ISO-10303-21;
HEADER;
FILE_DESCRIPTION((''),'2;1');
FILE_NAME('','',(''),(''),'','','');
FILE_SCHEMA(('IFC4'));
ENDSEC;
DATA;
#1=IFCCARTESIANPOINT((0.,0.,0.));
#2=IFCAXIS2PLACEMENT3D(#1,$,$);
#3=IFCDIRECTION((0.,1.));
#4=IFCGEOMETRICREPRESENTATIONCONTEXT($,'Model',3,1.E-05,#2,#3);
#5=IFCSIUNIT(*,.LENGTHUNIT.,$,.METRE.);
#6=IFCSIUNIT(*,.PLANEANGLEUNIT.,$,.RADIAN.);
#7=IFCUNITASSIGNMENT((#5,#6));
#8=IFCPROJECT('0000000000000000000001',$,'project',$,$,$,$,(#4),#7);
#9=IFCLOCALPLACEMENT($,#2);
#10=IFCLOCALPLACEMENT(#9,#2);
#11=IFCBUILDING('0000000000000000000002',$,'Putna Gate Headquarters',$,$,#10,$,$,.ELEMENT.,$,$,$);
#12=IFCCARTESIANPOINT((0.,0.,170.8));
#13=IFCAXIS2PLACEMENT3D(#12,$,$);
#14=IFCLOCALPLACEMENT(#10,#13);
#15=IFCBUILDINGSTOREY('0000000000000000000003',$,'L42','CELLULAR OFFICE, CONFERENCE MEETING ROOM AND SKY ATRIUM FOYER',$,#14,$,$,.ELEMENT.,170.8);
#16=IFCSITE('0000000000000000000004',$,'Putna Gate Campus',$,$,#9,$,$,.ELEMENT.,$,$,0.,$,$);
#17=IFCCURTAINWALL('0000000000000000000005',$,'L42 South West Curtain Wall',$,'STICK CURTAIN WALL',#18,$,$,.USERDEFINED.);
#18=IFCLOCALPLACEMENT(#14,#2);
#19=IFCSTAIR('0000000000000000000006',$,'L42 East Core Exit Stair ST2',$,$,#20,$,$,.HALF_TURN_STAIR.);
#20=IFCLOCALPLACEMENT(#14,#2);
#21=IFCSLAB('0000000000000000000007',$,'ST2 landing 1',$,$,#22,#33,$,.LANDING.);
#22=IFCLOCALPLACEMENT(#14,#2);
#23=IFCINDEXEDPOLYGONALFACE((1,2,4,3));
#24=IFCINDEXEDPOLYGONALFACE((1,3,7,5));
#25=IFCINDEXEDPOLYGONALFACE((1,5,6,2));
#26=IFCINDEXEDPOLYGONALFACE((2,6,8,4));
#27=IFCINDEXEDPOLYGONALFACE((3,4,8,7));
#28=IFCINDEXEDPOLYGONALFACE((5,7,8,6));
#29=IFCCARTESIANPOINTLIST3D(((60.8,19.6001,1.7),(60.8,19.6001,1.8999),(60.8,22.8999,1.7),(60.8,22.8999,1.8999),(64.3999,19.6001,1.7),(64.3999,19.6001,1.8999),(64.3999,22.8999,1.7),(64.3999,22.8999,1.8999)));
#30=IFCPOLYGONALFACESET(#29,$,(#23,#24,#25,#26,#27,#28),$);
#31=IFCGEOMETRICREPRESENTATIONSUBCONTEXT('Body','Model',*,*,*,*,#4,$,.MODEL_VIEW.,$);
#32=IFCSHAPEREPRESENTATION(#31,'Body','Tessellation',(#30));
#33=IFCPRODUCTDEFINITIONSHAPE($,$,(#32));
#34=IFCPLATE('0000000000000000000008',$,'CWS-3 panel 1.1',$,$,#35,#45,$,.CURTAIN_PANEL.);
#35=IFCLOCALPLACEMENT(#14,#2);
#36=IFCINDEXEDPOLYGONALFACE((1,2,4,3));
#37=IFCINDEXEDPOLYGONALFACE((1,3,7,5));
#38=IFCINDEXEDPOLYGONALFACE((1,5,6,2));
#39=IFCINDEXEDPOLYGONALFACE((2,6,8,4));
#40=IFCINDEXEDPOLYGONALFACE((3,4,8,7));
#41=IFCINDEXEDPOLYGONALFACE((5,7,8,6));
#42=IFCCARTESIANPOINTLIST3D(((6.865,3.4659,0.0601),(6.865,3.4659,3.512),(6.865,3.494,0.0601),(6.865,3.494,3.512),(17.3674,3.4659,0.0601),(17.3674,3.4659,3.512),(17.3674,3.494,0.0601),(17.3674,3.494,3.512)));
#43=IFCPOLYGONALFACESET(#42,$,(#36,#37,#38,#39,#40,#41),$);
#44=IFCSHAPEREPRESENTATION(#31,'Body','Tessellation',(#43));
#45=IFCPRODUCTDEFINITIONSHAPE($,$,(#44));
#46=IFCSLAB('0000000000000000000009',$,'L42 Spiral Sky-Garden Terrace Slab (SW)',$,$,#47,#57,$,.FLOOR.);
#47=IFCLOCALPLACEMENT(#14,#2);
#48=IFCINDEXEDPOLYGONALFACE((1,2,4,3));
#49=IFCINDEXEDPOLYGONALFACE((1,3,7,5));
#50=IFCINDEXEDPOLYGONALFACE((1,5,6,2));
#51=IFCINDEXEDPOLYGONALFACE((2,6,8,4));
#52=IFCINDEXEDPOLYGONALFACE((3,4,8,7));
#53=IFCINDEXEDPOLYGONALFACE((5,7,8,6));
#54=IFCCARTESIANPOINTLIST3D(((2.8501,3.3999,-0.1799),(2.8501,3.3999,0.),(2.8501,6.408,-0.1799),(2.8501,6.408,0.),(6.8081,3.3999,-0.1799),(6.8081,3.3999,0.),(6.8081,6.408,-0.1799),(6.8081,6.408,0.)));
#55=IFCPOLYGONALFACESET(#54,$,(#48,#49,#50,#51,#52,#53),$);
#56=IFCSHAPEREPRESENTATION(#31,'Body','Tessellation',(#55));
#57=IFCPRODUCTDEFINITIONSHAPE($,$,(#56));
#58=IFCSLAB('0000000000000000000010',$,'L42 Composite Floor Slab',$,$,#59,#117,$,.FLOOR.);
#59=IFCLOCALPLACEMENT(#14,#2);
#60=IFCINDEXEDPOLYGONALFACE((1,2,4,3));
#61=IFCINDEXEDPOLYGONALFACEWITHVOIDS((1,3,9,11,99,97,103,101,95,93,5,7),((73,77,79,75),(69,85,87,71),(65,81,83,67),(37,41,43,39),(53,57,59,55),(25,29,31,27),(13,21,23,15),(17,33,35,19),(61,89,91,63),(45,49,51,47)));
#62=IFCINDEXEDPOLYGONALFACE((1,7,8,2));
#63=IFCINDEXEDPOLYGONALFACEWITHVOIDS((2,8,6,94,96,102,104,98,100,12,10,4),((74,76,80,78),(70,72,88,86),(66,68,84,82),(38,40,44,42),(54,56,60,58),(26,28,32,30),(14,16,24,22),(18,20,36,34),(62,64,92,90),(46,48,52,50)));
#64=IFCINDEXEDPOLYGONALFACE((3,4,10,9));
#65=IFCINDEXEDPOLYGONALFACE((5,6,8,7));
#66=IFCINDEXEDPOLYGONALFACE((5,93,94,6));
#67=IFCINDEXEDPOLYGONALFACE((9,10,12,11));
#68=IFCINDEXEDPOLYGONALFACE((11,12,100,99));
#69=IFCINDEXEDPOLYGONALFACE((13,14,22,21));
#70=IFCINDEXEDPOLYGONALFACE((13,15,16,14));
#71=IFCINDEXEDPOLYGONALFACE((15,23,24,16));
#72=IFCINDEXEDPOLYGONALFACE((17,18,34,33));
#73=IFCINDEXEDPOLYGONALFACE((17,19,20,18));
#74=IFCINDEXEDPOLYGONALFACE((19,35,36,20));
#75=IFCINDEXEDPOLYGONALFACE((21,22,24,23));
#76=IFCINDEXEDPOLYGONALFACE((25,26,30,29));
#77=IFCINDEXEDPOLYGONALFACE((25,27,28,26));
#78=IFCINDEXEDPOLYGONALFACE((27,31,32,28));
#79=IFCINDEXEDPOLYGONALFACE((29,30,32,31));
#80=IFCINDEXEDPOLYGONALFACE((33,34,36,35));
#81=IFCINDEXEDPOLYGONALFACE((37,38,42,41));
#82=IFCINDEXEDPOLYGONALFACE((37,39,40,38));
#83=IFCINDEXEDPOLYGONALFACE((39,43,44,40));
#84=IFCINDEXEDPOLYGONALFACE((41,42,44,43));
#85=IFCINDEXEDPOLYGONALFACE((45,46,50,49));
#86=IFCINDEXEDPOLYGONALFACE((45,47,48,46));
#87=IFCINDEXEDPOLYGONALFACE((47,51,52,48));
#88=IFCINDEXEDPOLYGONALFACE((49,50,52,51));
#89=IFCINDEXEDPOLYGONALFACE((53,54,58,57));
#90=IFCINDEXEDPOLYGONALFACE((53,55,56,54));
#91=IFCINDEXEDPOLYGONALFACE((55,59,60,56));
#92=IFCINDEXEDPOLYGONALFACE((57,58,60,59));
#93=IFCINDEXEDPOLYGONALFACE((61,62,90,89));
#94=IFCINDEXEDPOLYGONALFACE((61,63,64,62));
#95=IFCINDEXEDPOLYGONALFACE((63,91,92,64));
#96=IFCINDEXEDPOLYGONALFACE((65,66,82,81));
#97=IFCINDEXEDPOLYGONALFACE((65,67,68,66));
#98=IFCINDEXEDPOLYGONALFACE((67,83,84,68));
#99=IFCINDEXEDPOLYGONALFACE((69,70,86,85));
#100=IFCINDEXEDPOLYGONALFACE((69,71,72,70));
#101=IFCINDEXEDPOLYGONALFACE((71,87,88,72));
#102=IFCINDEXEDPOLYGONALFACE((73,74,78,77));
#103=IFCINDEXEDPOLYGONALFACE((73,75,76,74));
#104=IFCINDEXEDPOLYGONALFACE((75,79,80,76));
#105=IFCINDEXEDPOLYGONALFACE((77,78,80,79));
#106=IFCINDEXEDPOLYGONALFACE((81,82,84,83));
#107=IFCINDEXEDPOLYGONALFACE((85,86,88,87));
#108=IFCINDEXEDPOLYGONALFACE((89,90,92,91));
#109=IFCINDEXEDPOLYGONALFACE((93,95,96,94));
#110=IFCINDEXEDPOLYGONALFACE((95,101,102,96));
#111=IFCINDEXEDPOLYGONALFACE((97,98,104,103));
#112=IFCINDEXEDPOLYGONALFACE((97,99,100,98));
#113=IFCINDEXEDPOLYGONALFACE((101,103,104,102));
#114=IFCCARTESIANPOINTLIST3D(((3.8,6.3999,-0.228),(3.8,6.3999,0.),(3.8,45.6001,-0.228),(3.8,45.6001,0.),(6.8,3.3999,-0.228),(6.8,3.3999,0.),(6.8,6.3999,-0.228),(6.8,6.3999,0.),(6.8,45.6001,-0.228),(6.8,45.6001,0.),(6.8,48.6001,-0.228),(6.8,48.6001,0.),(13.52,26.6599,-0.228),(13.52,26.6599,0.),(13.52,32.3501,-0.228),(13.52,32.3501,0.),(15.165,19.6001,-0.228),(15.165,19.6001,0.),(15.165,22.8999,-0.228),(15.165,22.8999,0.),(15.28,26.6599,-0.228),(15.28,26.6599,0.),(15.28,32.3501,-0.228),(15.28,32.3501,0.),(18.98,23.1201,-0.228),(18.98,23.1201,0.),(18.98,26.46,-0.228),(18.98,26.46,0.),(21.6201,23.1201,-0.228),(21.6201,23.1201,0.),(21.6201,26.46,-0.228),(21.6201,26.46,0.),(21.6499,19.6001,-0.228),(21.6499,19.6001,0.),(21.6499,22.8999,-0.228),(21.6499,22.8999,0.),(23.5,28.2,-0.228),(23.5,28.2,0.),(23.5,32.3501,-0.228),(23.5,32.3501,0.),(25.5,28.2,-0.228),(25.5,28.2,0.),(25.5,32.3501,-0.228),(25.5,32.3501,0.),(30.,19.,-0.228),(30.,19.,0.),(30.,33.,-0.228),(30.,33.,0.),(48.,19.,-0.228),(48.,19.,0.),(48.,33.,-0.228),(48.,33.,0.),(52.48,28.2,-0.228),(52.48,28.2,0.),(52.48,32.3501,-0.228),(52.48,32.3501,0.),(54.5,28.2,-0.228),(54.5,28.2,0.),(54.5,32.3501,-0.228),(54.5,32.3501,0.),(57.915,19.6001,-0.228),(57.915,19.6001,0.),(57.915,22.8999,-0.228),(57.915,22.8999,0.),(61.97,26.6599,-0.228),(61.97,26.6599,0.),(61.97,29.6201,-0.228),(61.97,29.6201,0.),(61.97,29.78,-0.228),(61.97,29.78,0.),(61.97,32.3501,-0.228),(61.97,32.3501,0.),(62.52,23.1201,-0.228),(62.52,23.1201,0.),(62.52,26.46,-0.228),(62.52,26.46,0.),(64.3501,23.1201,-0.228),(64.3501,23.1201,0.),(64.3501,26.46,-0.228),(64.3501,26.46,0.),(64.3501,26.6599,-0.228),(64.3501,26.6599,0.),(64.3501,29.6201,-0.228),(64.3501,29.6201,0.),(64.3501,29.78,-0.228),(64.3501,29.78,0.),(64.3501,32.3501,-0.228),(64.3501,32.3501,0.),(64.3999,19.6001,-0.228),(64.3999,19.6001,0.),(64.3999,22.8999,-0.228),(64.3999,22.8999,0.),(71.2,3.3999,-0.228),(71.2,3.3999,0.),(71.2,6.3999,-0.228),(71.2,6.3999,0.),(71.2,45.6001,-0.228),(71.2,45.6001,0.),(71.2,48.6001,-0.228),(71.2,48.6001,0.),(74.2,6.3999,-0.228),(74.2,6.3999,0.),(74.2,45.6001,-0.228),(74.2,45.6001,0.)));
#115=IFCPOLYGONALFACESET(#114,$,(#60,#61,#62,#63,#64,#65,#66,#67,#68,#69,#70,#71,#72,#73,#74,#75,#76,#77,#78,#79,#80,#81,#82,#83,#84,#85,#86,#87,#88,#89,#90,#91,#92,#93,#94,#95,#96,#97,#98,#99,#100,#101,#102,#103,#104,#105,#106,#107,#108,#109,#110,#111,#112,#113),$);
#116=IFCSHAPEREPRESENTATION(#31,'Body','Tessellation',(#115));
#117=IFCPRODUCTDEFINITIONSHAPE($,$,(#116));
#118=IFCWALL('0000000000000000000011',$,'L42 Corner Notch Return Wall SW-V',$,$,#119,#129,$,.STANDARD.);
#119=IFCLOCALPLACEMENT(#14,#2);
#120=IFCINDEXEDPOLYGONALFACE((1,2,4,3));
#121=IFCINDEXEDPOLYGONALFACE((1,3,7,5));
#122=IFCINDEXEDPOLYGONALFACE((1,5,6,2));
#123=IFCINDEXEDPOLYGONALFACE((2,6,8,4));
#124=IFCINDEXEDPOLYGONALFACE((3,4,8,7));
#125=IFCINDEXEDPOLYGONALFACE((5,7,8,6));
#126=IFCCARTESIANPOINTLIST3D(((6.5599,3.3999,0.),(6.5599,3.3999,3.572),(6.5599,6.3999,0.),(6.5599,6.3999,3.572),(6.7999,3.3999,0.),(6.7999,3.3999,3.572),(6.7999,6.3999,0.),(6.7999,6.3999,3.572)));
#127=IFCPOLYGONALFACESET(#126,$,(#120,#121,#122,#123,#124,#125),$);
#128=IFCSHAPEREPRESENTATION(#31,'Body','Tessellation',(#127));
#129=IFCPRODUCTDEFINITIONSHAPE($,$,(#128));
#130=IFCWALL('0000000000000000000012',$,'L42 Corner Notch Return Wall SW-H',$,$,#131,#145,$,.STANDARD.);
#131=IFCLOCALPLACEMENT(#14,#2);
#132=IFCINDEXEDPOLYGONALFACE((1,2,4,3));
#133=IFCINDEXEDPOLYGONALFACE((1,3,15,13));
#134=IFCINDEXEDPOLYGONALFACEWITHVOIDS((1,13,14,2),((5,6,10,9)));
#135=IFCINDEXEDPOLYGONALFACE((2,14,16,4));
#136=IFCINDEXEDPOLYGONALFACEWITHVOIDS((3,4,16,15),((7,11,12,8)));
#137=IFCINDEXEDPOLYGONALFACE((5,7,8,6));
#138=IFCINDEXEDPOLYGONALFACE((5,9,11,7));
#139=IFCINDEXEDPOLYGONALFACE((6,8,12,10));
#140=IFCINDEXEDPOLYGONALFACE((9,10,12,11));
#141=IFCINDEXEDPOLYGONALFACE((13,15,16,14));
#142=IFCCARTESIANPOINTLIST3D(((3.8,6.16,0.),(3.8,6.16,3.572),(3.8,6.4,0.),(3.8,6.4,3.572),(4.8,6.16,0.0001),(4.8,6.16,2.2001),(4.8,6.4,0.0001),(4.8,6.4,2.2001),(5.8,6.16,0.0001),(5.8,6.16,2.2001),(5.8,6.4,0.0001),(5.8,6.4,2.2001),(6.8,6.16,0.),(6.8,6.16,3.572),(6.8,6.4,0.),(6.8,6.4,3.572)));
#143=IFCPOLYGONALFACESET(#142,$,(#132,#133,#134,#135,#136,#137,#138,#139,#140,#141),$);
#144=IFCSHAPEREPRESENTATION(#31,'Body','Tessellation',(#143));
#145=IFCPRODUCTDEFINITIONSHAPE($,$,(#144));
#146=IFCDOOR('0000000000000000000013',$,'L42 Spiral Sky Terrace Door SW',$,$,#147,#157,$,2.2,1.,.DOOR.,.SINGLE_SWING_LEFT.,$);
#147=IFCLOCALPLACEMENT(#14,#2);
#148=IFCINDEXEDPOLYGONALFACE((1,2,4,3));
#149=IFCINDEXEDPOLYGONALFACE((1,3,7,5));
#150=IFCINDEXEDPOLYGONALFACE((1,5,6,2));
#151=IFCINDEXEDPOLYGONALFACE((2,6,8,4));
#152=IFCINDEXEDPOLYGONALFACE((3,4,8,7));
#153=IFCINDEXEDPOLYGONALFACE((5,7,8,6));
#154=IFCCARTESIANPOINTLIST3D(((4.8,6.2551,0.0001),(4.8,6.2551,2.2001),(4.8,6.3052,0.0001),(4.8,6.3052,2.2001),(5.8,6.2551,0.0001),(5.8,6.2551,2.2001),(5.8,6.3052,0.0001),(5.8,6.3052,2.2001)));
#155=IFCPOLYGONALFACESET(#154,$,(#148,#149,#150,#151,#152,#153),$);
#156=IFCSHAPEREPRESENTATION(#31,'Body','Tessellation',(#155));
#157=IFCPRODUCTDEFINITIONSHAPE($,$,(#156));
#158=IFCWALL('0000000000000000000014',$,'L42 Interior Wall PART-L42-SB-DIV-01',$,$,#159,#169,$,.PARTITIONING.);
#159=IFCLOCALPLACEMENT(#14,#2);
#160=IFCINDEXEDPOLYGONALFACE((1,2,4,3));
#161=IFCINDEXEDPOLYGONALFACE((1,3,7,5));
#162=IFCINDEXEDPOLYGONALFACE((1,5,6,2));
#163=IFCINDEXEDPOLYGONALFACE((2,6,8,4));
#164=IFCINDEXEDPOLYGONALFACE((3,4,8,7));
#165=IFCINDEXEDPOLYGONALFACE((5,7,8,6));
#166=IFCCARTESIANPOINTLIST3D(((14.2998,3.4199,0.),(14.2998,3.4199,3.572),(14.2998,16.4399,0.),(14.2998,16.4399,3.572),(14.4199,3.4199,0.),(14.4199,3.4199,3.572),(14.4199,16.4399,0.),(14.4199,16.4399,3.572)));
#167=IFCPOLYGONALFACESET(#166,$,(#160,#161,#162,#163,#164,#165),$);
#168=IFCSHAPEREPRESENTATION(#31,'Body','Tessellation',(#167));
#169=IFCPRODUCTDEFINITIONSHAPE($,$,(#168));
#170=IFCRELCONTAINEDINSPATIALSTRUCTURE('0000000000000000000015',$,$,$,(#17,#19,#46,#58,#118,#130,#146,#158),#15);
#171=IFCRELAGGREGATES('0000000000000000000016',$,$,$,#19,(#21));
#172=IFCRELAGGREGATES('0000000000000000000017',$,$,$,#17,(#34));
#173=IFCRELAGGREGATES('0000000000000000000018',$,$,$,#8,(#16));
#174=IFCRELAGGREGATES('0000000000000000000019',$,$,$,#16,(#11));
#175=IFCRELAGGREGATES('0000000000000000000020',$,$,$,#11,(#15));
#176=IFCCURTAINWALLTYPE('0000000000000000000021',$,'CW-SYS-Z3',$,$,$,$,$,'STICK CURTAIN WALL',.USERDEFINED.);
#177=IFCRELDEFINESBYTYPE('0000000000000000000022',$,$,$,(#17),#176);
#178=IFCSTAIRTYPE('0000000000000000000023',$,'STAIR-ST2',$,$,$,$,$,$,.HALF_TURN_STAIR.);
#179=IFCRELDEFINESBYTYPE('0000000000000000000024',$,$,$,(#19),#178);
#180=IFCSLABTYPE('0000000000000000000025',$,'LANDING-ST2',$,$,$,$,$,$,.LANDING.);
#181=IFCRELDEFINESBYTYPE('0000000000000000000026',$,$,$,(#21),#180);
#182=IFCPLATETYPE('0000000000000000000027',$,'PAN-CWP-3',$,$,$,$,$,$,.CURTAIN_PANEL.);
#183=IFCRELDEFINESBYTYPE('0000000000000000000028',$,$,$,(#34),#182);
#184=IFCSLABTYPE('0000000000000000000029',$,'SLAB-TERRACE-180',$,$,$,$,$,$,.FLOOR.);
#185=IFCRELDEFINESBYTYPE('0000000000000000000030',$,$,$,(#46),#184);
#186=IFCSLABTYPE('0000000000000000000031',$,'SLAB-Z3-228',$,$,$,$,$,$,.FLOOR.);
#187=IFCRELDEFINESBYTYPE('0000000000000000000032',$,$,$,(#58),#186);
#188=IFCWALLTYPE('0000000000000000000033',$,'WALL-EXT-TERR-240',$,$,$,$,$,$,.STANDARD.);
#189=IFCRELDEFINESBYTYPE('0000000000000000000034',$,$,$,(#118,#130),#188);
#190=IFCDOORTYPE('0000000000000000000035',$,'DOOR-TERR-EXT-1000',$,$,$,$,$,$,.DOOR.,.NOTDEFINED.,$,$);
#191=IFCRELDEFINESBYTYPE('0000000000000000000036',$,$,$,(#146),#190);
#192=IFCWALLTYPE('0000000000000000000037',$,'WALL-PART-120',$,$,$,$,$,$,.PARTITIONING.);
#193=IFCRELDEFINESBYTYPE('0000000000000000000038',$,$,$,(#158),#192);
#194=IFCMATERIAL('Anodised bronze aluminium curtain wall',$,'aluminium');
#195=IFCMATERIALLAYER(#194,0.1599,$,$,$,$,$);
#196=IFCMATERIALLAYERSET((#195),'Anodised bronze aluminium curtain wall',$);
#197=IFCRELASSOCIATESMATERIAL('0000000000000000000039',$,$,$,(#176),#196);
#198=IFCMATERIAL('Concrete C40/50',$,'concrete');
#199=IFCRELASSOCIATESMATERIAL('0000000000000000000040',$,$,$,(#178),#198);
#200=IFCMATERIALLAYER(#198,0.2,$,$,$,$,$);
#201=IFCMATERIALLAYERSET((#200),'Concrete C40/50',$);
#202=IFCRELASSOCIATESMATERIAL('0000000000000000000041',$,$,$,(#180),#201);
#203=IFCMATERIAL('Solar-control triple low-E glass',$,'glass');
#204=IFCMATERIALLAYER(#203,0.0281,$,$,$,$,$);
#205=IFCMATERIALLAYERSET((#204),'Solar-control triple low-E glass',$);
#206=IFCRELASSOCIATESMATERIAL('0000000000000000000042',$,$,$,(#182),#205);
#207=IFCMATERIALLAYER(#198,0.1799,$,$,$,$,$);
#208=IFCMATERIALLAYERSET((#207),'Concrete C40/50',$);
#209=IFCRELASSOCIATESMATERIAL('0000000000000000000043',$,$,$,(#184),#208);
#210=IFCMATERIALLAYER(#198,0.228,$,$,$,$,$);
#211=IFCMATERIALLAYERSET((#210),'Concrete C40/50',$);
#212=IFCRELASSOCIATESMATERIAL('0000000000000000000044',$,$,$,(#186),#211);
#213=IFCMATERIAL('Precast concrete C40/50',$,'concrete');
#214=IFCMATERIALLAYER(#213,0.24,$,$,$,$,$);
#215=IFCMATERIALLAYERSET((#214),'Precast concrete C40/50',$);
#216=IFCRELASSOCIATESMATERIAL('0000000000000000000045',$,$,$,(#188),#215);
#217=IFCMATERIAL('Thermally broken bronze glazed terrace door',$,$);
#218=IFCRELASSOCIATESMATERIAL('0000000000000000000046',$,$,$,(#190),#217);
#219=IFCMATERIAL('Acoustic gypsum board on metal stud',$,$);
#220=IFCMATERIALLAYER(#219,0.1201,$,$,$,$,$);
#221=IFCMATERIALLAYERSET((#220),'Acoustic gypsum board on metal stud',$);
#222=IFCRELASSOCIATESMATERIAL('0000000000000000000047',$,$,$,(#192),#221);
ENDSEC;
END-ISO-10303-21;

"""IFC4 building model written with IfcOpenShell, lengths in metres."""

from ifc_helpers import new_model, si_unit, direction, frame, frame_2d, origin, origin_2d, place, context, subcontext, project, spatial, polyline, rectangle, outline, extrude, material, layer, layer_set, type_object, element, fill, aggregate, save


model = new_model("IFC4")

# Units and contexts
model_context = context("Model", 3, precision=1e-05, world=origin(), true_north=direction((0.0, 1.0)))
body_context = subcontext(model_context, "Body", "Model", "MODEL_VIEW")
ifc_project = project(units=[si_unit("LENGTHUNIT", "METRE"), si_unit("PLANEANGLEUNIT", "RADIAN")], contexts=[model_context])

# Site, building, storey
site_placement = place(None, origin())
site = spatial("IfcSite", under=ifc_project, at=site_placement, Name="Putna Gate Campus", CompositionType="ELEMENT", RefElevation=0.0)
building_placement = place(site_placement, origin())
building = spatial("IfcBuilding", under=site, at=building_placement, Name="Putna Gate Headquarters", CompositionType="ELEMENT")
storey_placement = place(building_placement, frame((0.0, 0.0, 170.8)))
storey = spatial("IfcBuildingStorey", under=building, at=storey_placement, Name="L42", Description="CELLULAR OFFICE, CONFERENCE MEETING ROOM AND SKY ATRIUM FOYER", CompositionType="ELEMENT", Elevation=170.8)

# Curtain wall
ifc_material_1 = material(Name="Anodised bronze aluminium curtain wall", Category="aluminium")
ifc_layer_1 = layer(ifc_material_1, 0.1599)
ifc_layer_set_1 = layer_set([ifc_layer_1], Name="Anodised bronze aluminium curtain wall")
curtain_wall_type = type_object("IfcCurtainWallType", Name="CW-SYS-Z3", ElementType="STICK CURTAIN WALL", PredefinedType="USERDEFINED", material=ifc_layer_set_1)
curtain_wall_1_placement = place(storey_placement, origin())
curtain_wall_1 = element("IfcCurtainWall", 1, at=curtain_wall_1_placement, inside=storey, type_object=curtain_wall_type, Name="L42 South West Curtain Wall", ObjectType="STICK CURTAIN WALL", PredefinedType="USERDEFINED")

# Stair, slab
ifc_material_2 = material(Name="Concrete C40/50", Category="concrete")
stair_type_1 = type_object("IfcStairType", Name="STAIR-ST2", PredefinedType="HALF_TURN_STAIR", material=ifc_material_2)
stair_1_placement = place(storey_placement, origin())
stair_1 = element("IfcStair", 2, at=stair_1_placement, inside=storey, type_object=stair_type_1, Name="L42 East Core Exit Stair ST2", PredefinedType="HALF_TURN_STAIR")
ifc_layer_2 = layer(ifc_material_2, 0.2)
ifc_layer_set_2 = layer_set([ifc_layer_2], Name="Concrete C40/50")
slab_type_1 = type_object("IfcSlabType", Name="LANDING-ST2", PredefinedType="LANDING", material=ifc_layer_set_2)
slab_1_placement = place(storey_placement, frame((0.0, 0.0, 1.7)))
slab_1 = element("IfcSlab", 3, at=slab_1_placement, type_object=slab_type_1, Name="ST2 landing 1", PredefinedType="LANDING", context=body_context, shape_type="SweptSolid", body=[
    extrude(outline(polyline([(60.8, 19.6001), (64.3999, 19.6001), (64.3999, 22.8999), (60.8, 22.8999), (60.8, 19.6001)])), origin(), (0.0, 0.0, 1.0), 0.2),
])
aggregate(stair_1, [slab_1])

# Plate
ifc_material_3 = material(Name="Solar-control triple low-E glass", Category="glass")
ifc_layer_3 = layer(ifc_material_3, 0.0281)
ifc_layer_set_3 = layer_set([ifc_layer_3], Name="Solar-control triple low-E glass")
plate_type = type_object("IfcPlateType", Name="PAN-CWP-3", PredefinedType="CURTAIN_PANEL", material=ifc_layer_set_3)
plate_placement = place(storey_placement, frame((12.1162, 3.48, 0.0601), z_axis=(0.0, 0.0, 1.0), x_axis=(1.0, 0.0, 0.0)))
plate = element("IfcPlate", 4, at=plate_placement, type_object=plate_type, Name="CWS-3 panel 1.1", PredefinedType="CURTAIN_PANEL", context=body_context, shape_type="SweptSolid", body=[
    extrude(rectangle(XDim=10.5024, YDim=0.0281, at=origin_2d()), origin(), (0.0, 0.0, 1.0), 3.4519),
])
aggregate(curtain_wall_1, [plate])

# Slabs
ifc_layer_4 = layer(ifc_material_2, 0.1799)
ifc_layer_set_4 = layer_set([ifc_layer_4], Name="Concrete C40/50")
slab_type_2 = type_object("IfcSlabType", Name="SLAB-TERRACE-180", PredefinedType="FLOOR", material=ifc_layer_set_4)
slab_2_placement = place(storey_placement, frame((0.0, 0.0, -0.1799)))
element("IfcSlab", 5, at=slab_2_placement, inside=storey, type_object=slab_type_2, Name="L42 Spiral Sky-Garden Terrace Slab (SW)", PredefinedType="FLOOR", context=body_context, shape_type="SweptSolid", body=[
    extrude(outline(polyline([(2.8501, 3.3999), (6.8081, 3.3999), (6.8081, 6.408), (2.8501, 6.408), (2.8501, 3.3999)])), origin(), (0.0, 0.0, 1.0), 0.1799),
])
ifc_layer_5 = layer(ifc_material_2, 0.228)
ifc_layer_set_5 = layer_set([ifc_layer_5], Name="Concrete C40/50")
slab_type_3 = type_object("IfcSlabType", Name="SLAB-Z3-228", PredefinedType="FLOOR", material=ifc_layer_set_5)
slab_3_placement = place(storey_placement, frame((0.0, 0.0, -0.228)))
element("IfcSlab", 6, at=slab_3_placement, inside=storey, type_object=slab_type_3, Name="L42 Composite Floor Slab", PredefinedType="FLOOR", context=body_context, shape_type="SweptSolid", body=[
    extrude(outline(polyline([(6.8, 3.3999), (71.2, 3.3999), (71.2, 6.3999), (74.2, 6.3999), (74.2, 45.6001), (71.2, 45.6001), (71.2, 48.6001), (6.8, 48.6001), (6.8, 45.6001), (3.8, 45.6001), (3.8, 6.3999), (6.8, 6.3999), (6.8, 3.3999)]), holes=[polyline([(15.165, 19.6001), (21.6499, 19.6001), (21.6499, 22.8999), (15.165, 22.8999), (15.165, 19.6001)]), polyline([(57.915, 19.6001), (64.3999, 19.6001), (64.3999, 22.8999), (57.915, 22.8999), (57.915, 19.6001)]), polyline([(13.52, 26.6599), (15.28, 26.6599), (15.28, 32.3501), (13.52, 32.3501), (13.52, 26.6599)]), polyline([(61.97, 29.78), (64.3501, 29.78), (64.3501, 32.3501), (61.97, 32.3501), (61.97, 29.78)]), polyline([(18.98, 23.1201), (21.6201, 23.1201), (21.6201, 26.46), (18.98, 26.46), (18.98, 23.1201)]), polyline([(62.52, 23.1201), (64.3501, 23.1201), (64.3501, 26.46), (62.52, 26.46), (62.52, 23.1201)]), polyline([(61.97, 26.6599), (64.3501, 26.6599), (64.3501, 29.6201), (61.97, 29.6201), (61.97, 26.6599)]), polyline([(23.5, 28.2), (25.5, 28.2), (25.5, 32.3501), (23.5, 32.3501), (23.5, 28.2)]), polyline([(52.48, 28.2), (54.5, 28.2), (54.5, 32.3501), (52.48, 32.3501), (52.48, 28.2)]), polyline([(30.0, 19.0), (48.0, 19.0), (48.0, 33.0), (30.0, 33.0), (30.0, 19.0)])]), origin(), (0.0, 0.0, 1.0), 0.228),
])

# Wall
ifc_material_4 = material(Name="Precast concrete C40/50", Category="concrete")
ifc_layer_6 = layer(ifc_material_4, 0.24)
ifc_layer_set_6 = layer_set([ifc_layer_6], Name="Precast concrete C40/50")
wall_type_1 = type_object("IfcWallType", Name="WALL-EXT-TERR-240", PredefinedType="STANDARD", material=ifc_layer_set_6)
wall_1_placement = place(storey_placement, frame((6.6799, 3.3999, 0.0), z_axis=(0.0, 0.0, 1.0), x_axis=(0.0, 1.0, 0.0)))
element("IfcWall", 7, at=wall_1_placement, inside=storey, type_object=wall_type_1, Name="L42 Corner Notch Return Wall SW-V", PredefinedType="STANDARD", context=body_context, shape_type="SweptSolid", body=[
    extrude(rectangle(XDim=3.0, YDim=0.24, at=frame_2d((1.5, 0.0))), origin(), (0.0, 0.0, 1.0), 3.572),
])

# Wall, opening, door
wall_2_placement = place(storey_placement, frame((6.8, 6.28, 0.0), z_axis=(0.0, 0.0, 1.0), x_axis=(-1.0, 0.0, 0.0)))
wall_2 = element("IfcWall", 8, at=wall_2_placement, inside=storey, type_object=wall_type_1, Name="L42 Corner Notch Return Wall SW-H", PredefinedType="STANDARD", context=body_context, shape_type="SweptSolid", body=[
    extrude(rectangle(XDim=3.0, YDim=0.24, at=frame_2d((1.5, 0.0))), origin(), (0.0, 0.0, 1.0), 3.572),
])
opening_placement = place(wall_2_placement, frame((1.0, 0.0, 0.0)))
opening = element("IfcOpeningElement", 9, at=opening_placement, cuts=wall_2, PredefinedType="OPENING", context=body_context, shape_type="SweptSolid", body=[
    extrude(rectangle(XDim=1.0, YDim=2.2, at=frame_2d((0.5, 1.1001))), frame((0.0, 0.1299, 0.0), z_axis=(0.0, -1.0, 0.0), x_axis=(1.0, 0.0, 0.0)), (0.0, 0.0, 1.0), 0.26),
])
ifc_material_5 = material(Name="Thermally broken bronze glazed terrace door")
door_type = type_object("IfcDoorType", Name="DOOR-TERR-EXT-1000", OperationType="NOTDEFINED", PredefinedType="DOOR", material=ifc_material_5)
door_placement = place(opening_placement, origin())
door = element("IfcDoor", 10, at=door_placement, inside=storey, type_object=door_type, Name="L42 Spiral Sky Terrace Door SW", OperationType="SINGLE_SWING_LEFT", OverallHeight=2.2, OverallWidth=1.0, PredefinedType="DOOR", context=body_context, shape_type="SweptSolid", body=[
    extrude(rectangle(XDim=1.0, YDim=2.2, at=frame_2d((0.5, 1.1001))), frame((0.0, 0.0249, 0.0), z_axis=(0.0, -1.0, 0.0), x_axis=(1.0, 0.0, 0.0)), (0.0, 0.0, 1.0), 0.05),
])
fill(opening, door)

# Wall
ifc_material_6 = material(Name="Acoustic gypsum board on metal stud")
ifc_layer_7 = layer(ifc_material_6, 0.1201)
ifc_layer_set_7 = layer_set([ifc_layer_7], Name="Acoustic gypsum board on metal stud")
wall_type_2 = type_object("IfcWallType", Name="WALL-PART-120", PredefinedType="PARTITIONING", material=ifc_layer_set_7)
wall_3_placement = place(storey_placement, frame((14.3599, 3.4199, 0.0), z_axis=(0.0, 0.0, 1.0), x_axis=(0.0, 1.0, 0.0)))
element("IfcWall", 11, at=wall_3_placement, inside=storey, type_object=wall_type_2, Name="L42 Interior Wall PART-L42-SB-DIV-01", PredefinedType="PARTITIONING", context=body_context, shape_type="SweptSolid", body=[
    extrude(rectangle(XDim=13.02, YDim=0.1201, at=frame_2d((6.51, 0.0))), origin(), (0.0, 0.0, 1.0), 3.572),
])

save(model, "model.ifc")
